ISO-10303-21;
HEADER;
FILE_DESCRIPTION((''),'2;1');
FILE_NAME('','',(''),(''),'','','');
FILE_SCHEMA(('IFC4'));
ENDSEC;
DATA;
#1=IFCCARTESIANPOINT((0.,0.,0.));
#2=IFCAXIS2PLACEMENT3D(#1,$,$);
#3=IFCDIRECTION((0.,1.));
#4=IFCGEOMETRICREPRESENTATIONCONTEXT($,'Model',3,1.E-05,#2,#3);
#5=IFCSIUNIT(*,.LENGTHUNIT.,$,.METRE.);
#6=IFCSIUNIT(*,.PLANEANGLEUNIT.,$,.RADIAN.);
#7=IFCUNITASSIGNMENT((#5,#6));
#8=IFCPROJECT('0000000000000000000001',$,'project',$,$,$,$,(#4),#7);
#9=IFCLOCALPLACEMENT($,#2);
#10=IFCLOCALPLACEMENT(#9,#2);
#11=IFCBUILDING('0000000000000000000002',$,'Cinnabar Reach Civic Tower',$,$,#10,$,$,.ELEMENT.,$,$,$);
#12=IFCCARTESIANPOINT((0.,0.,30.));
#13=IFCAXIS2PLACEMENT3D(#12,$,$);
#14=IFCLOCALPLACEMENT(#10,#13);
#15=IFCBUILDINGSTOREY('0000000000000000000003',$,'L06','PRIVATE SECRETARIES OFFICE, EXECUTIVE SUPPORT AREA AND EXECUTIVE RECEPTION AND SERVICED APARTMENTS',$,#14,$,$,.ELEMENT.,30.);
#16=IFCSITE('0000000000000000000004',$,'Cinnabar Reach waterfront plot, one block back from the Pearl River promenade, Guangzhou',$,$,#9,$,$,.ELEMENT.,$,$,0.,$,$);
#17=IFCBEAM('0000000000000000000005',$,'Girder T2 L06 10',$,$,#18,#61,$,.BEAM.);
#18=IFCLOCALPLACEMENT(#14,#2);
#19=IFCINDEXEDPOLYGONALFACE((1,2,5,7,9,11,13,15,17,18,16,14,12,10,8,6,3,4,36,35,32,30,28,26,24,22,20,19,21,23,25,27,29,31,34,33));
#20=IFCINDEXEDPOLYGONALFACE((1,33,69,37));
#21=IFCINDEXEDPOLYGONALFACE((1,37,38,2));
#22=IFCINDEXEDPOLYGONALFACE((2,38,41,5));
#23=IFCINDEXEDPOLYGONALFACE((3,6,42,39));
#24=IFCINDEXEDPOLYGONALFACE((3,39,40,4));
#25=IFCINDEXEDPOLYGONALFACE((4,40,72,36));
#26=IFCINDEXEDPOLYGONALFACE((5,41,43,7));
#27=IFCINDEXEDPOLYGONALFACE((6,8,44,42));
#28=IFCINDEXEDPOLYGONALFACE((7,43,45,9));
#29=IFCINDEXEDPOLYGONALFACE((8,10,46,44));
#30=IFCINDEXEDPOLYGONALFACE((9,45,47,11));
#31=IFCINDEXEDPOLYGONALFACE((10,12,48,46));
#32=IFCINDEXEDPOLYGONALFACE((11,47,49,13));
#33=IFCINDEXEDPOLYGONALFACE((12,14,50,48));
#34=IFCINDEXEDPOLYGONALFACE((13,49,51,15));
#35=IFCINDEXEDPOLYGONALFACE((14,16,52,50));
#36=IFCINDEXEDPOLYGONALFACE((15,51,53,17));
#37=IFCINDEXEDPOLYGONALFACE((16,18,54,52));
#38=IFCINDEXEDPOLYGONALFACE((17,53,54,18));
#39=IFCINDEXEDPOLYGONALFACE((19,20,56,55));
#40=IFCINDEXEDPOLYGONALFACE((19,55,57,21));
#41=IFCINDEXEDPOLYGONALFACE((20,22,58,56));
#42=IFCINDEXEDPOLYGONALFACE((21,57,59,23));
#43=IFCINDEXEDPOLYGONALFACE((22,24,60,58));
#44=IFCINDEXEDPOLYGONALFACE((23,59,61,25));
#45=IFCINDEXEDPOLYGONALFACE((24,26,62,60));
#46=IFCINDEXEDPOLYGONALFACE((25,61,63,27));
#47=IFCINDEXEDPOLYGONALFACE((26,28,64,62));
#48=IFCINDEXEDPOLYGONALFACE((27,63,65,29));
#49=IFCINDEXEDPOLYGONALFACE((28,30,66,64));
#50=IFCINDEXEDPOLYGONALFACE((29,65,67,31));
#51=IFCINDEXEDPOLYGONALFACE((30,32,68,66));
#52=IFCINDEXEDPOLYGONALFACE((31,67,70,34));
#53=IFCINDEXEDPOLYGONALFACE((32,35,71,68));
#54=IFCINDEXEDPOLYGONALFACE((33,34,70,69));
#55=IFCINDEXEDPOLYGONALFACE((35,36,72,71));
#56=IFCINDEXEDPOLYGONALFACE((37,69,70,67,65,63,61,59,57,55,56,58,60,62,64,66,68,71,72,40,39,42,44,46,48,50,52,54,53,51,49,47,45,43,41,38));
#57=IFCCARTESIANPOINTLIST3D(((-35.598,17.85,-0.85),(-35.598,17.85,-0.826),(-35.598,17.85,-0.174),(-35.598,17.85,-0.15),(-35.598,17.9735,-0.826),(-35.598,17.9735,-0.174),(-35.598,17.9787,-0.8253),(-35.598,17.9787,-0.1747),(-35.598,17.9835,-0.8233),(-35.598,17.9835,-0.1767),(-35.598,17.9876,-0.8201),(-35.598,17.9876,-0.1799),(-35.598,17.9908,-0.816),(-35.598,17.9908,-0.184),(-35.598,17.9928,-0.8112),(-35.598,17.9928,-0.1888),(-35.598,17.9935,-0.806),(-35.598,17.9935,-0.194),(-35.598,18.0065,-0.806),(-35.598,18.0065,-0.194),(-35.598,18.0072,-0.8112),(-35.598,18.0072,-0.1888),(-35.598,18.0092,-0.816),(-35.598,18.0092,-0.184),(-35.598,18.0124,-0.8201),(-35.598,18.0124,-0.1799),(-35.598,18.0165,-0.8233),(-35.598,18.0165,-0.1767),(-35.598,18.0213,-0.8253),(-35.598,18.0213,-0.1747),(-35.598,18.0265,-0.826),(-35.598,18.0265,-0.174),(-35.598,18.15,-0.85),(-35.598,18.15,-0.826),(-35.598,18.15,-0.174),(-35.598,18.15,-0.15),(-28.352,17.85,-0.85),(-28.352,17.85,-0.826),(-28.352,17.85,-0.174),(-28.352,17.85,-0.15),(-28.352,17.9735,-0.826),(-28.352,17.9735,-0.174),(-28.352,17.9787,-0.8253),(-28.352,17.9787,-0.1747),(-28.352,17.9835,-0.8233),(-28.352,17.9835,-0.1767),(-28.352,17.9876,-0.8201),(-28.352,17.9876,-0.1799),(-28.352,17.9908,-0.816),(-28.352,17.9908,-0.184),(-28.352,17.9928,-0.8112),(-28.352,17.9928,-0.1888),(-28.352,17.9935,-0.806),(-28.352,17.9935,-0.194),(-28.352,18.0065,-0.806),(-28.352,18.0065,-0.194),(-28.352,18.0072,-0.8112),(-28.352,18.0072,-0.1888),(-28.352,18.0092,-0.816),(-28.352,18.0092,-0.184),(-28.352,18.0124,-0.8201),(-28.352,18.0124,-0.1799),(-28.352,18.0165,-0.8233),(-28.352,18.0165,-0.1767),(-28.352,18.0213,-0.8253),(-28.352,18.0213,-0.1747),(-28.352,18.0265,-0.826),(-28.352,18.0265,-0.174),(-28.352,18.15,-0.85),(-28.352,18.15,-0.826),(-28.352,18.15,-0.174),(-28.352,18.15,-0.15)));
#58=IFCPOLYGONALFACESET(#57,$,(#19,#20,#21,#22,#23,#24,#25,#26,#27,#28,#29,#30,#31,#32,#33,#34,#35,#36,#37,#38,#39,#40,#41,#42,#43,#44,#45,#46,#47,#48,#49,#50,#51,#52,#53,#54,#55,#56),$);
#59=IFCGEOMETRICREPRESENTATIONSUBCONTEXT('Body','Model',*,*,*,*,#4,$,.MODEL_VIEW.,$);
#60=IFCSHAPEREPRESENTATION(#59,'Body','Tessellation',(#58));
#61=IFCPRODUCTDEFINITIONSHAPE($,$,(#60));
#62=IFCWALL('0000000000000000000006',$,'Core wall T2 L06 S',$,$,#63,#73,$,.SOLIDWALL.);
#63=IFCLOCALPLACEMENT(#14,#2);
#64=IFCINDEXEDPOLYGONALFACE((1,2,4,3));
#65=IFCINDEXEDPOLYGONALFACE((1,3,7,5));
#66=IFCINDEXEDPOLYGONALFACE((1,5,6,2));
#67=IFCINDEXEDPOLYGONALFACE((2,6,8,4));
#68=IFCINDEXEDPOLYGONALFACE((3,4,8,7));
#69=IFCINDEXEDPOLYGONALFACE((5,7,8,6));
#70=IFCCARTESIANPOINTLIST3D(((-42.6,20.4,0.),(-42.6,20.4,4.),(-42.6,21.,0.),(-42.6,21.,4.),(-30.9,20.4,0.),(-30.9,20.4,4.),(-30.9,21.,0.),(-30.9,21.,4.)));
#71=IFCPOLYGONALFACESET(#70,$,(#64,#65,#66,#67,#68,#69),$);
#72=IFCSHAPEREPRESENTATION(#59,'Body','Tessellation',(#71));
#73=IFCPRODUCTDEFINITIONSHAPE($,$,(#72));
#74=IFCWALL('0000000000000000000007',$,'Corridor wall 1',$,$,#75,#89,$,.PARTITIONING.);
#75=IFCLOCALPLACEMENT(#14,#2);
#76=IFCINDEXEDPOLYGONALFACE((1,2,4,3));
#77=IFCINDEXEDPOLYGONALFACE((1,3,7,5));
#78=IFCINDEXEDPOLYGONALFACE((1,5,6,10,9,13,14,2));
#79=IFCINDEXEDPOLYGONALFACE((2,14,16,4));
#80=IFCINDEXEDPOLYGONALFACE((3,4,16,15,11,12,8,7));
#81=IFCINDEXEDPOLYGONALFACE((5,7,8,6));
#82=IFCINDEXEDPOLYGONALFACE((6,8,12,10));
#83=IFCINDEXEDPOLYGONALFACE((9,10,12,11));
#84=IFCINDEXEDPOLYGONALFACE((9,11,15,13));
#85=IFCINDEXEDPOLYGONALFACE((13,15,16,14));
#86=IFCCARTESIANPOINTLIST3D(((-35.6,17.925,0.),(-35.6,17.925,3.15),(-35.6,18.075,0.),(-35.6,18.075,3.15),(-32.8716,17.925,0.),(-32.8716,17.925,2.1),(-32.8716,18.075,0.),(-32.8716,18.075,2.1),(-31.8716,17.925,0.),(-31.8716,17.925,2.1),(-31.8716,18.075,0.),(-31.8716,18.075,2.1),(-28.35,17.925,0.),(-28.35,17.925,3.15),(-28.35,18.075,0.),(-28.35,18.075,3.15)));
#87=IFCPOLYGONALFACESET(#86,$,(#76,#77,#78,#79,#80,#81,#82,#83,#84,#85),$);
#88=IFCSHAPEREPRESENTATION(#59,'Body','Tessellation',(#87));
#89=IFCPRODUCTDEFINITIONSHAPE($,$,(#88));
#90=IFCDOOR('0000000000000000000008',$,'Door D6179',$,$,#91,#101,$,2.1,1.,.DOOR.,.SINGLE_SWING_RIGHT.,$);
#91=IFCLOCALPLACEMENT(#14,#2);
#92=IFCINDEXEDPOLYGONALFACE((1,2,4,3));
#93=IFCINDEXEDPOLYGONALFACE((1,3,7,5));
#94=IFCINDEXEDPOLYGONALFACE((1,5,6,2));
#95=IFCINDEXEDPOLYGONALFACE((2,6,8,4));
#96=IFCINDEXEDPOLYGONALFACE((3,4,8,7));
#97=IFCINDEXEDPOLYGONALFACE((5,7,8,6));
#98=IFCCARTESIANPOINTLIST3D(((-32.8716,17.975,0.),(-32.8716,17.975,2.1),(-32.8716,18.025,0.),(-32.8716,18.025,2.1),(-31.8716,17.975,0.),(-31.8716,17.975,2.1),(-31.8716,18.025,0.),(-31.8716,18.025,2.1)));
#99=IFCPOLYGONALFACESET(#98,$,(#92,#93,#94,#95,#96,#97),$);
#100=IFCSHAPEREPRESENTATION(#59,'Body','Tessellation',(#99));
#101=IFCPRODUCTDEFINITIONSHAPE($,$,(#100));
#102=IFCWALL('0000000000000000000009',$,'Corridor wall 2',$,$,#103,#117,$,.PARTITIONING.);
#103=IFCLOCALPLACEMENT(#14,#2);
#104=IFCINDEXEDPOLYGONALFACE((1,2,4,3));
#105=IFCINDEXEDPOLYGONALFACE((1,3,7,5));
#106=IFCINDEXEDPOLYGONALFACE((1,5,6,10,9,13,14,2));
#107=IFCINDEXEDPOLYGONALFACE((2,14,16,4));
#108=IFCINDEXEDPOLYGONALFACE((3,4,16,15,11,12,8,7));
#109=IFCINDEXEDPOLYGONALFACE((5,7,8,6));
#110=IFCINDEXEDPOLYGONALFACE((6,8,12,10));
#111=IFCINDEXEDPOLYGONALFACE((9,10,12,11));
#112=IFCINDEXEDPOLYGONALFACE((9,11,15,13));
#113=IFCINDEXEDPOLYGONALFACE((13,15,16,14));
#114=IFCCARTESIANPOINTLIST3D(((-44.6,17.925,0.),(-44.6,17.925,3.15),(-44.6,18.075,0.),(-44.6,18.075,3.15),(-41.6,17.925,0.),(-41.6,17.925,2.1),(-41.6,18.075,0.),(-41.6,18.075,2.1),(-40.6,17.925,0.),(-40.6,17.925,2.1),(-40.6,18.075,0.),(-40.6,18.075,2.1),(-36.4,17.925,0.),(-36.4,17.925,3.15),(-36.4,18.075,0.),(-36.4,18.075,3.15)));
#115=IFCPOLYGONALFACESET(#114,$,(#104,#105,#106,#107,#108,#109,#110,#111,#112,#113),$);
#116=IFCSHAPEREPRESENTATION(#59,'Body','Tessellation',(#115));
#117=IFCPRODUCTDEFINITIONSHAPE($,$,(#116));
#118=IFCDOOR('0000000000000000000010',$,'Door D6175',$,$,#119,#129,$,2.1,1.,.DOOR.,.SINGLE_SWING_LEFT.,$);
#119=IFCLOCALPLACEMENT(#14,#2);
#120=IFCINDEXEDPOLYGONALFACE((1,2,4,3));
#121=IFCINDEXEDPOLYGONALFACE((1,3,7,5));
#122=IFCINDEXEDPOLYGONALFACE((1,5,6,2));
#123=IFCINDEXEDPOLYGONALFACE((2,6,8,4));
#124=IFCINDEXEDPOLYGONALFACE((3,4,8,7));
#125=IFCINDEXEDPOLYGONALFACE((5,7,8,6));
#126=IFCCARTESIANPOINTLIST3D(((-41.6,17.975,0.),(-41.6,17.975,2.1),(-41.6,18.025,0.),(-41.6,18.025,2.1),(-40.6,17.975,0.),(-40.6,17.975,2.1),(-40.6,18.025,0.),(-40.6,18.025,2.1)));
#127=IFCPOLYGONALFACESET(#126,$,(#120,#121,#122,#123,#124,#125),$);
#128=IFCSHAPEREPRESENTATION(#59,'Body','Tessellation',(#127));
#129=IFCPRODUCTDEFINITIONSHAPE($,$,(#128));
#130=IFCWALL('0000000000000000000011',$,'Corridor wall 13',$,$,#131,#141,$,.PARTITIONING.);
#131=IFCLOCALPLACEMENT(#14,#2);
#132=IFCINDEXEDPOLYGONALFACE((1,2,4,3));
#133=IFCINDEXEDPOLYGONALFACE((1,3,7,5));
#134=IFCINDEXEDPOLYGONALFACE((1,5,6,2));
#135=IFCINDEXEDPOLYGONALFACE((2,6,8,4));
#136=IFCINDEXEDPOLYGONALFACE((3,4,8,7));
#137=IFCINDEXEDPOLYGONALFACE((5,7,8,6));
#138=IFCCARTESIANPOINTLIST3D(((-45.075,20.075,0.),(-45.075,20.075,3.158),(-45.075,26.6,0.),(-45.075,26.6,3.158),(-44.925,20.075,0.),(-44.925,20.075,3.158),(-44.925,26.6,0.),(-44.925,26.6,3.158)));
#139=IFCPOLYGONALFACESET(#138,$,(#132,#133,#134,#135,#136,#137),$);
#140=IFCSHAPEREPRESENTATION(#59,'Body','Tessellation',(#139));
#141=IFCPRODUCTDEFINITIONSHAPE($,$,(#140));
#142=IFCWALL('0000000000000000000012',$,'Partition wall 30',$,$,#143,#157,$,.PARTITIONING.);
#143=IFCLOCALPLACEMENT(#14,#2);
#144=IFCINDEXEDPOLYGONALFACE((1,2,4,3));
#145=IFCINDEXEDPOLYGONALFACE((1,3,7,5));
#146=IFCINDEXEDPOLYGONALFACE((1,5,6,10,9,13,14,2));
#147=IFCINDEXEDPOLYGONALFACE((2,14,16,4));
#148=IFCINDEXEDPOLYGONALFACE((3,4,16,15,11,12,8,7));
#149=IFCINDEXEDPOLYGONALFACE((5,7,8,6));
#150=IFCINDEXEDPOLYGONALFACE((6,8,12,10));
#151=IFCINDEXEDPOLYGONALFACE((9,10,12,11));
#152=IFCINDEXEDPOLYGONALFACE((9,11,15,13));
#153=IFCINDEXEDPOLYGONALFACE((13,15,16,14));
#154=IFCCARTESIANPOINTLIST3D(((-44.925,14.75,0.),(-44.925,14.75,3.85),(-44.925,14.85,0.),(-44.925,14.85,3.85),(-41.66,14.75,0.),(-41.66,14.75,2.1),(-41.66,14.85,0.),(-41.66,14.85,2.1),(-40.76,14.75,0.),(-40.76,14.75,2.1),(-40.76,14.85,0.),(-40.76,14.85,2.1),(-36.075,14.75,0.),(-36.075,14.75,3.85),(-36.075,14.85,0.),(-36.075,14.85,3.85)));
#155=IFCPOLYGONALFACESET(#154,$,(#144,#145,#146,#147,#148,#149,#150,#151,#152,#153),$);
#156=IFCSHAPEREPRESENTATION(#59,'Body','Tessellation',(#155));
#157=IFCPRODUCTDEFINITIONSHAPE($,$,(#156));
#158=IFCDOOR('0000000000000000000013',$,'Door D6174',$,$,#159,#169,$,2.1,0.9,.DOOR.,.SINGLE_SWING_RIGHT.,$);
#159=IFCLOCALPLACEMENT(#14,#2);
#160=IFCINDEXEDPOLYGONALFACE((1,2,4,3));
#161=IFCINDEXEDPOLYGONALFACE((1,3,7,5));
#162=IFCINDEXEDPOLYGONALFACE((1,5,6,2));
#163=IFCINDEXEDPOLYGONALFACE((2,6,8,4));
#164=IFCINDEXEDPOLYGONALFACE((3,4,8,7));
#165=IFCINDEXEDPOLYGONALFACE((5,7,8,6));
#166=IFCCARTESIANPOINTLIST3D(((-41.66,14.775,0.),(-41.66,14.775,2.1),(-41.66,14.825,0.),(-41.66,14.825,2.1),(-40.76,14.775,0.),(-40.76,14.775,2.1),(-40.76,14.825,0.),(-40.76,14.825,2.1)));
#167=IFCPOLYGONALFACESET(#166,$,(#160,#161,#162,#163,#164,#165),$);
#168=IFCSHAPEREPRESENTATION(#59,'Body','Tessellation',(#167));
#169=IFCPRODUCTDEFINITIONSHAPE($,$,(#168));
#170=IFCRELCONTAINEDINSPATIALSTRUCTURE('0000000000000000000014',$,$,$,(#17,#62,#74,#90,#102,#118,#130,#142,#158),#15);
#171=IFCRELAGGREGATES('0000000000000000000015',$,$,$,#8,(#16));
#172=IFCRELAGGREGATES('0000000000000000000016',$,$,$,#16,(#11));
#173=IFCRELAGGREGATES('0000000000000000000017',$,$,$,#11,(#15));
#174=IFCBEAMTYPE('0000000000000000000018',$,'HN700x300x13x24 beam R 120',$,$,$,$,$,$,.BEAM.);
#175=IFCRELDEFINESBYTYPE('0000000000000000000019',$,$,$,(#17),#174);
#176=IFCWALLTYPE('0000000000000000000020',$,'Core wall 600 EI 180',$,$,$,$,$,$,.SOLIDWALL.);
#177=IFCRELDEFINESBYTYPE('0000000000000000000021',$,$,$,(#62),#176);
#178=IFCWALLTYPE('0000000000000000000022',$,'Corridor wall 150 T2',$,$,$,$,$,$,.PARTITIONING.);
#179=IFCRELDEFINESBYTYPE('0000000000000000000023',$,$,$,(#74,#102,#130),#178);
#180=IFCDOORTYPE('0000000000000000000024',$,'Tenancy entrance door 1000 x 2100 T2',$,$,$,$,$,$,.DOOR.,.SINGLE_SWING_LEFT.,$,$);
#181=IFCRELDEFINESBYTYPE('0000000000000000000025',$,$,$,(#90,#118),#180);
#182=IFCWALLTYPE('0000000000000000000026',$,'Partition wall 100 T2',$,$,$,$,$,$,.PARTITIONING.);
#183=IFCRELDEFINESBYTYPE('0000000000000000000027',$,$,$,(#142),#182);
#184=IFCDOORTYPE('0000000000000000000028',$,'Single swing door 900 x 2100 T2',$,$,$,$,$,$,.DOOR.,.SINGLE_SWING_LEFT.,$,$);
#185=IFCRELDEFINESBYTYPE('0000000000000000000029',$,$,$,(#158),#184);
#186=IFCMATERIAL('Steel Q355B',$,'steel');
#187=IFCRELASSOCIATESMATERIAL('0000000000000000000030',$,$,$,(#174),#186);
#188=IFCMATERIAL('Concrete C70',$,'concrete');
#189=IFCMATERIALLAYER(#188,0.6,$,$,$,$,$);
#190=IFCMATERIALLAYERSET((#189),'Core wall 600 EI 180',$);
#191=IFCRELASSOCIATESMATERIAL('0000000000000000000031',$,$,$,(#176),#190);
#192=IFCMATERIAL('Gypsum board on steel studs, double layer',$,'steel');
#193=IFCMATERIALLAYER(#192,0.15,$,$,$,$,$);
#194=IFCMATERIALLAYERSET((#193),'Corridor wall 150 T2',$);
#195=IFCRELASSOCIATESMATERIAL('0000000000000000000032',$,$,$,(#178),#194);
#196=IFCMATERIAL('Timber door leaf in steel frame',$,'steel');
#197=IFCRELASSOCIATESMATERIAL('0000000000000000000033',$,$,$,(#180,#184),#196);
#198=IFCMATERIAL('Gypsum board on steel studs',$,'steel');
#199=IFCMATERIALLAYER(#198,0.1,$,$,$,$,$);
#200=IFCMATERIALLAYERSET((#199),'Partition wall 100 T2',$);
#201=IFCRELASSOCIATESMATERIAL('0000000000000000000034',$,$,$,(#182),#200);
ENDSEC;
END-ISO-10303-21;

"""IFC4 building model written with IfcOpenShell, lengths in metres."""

from ifc_helpers import new_model, si_unit, direction, frame, frame_2d, origin, origin_2d, place, context, subcontext, project, spatial, rectangle, i_section, extrude, material, layer, layer_set, material_profile, profile_set, type_object, element, fill, save


model = new_model("IFC4")

# Units and contexts
model_context = context("Model", 3, precision=1e-05, world=origin(), true_north=direction((0.0, 1.0)))
body_context = subcontext(model_context, "Body", "Model", "MODEL_VIEW")
ifc_project = project(units=[si_unit("LENGTHUNIT", "METRE"), si_unit("PLANEANGLEUNIT", "RADIAN")], contexts=[model_context])

# Site, building, storey
site_placement = place(None, origin())
site = spatial("IfcSite", under=ifc_project, at=site_placement, Name="Cinnabar Reach waterfront plot, one block back from the Pearl River promenade, Guangzhou", CompositionType="ELEMENT", RefElevation=0.0)
building_placement = place(site_placement, origin())
building = spatial("IfcBuilding", under=site, at=building_placement, Name="Cinnabar Reach Civic Tower", CompositionType="ELEMENT")
storey_placement = place(building_placement, frame((0.0, 0.0, 30.0)))
storey = spatial("IfcBuildingStorey", under=building, at=storey_placement, Name="L06", Description="PRIVATE SECRETARIES OFFICE, EXECUTIVE SUPPORT AREA AND EXECUTIVE RECEPTION AND SERVICED APARTMENTS", CompositionType="ELEMENT", Elevation=30.0)

# Beam
ifc_material_1 = material(Name="Steel Q355B", Category="steel")
ifc_material_profile_1 = material_profile(ifc_material_1, i_section(OverallWidth=0.3, OverallDepth=0.7, WebThickness=0.013, FlangeThickness=0.024, FilletRadius=0.02, at=origin_2d()), Name="HN700x300x13x24")
ifc_profile_set_1 = profile_set([ifc_material_profile_1], Name="Steel Q355B")
beam_type_1 = type_object("IfcBeamType", Name="HN700x300x13x24 beam R 120", PredefinedType="BEAM", material=ifc_profile_set_1)
beam_1_placement = place(storey_placement, frame((-35.598, 18.0, -0.5), z_axis=(1.0, 0.0, 0.0), x_axis=(0.0, 1.0, 0.0)))
element("IfcBeam", 1, at=beam_1_placement, inside=storey, type_object=beam_type_1, Name="Girder T2 L06 10", PredefinedType="BEAM", context=body_context, shape_type="SweptSolid", body=[
    extrude(i_section(OverallWidth=0.3, OverallDepth=0.7, WebThickness=0.013, FlangeThickness=0.024, FilletRadius=0.02, at=origin_2d()), origin(), (0.0, 0.0, 1.0), 7.246),
])

# Wall
ifc_material_2 = material(Name="Concrete C70", Category="concrete")
ifc_layer_1 = layer(ifc_material_2, 0.6)
ifc_layer_set_1 = layer_set([ifc_layer_1], Name="Core wall 600 EI 180")
wall_type_1 = type_object("IfcWallType", Name="Core wall 600 EI 180", PredefinedType="SOLIDWALL", material=ifc_layer_set_1)
wall_1_placement = place(storey_placement, frame((-42.6, 20.7, 0.0), z_axis=(0.0, 0.0, 1.0), x_axis=(1.0, 0.0, 0.0)))
element("IfcWall", 2, at=wall_1_placement, inside=storey, type_object=wall_type_1, Name="Core wall T2 L06 S", PredefinedType="SOLIDWALL", context=body_context, shape_type="SweptSolid", body=[
    extrude(rectangle(XDim=11.7, YDim=0.6, at=frame_2d((5.85, 0.0))), origin(), (0.0, 0.0, 1.0), 4.0),
])

# Walls, openings, doors
ifc_material_3 = material(Name="Gypsum board on steel studs, double layer", Category="steel")
ifc_layer_2 = layer(ifc_material_3, 0.15)
ifc_layer_set_2 = layer_set([ifc_layer_2], Name="Corridor wall 150 T2")
wall_type_2 = type_object("IfcWallType", Name="Corridor wall 150 T2", PredefinedType="PARTITIONING", material=ifc_layer_set_2)
wall_2_placement = place(storey_placement, frame((-35.6, 18.0, 0.0), z_axis=(0.0, 0.0, 1.0), x_axis=(1.0, 0.0, 0.0)))
wall_2 = element("IfcWall", 3, at=wall_2_placement, inside=storey, type_object=wall_type_2, Name="Corridor wall 1", PredefinedType="PARTITIONING", context=body_context, shape_type="SweptSolid", body=[
    extrude(rectangle(XDim=7.25, YDim=0.15, at=frame_2d((3.625, 0.0))), origin(), (0.0, 0.0, 1.0), 3.15),
])
opening_1_placement = place(wall_2_placement, frame((2.7284, 0.0, 0.0)))
opening_1 = element("IfcOpeningElement", 4, at=opening_1_placement, cuts=wall_2, PredefinedType="OPENING", context=body_context, shape_type="SweptSolid", body=[
    extrude(rectangle(XDim=1.0, YDim=2.1, at=frame_2d((0.5, 1.05))), frame((0.0, 0.085, 0.0), z_axis=(0.0, -1.0, 0.0), x_axis=(1.0, 0.0, 0.0)), (0.0, 0.0, 1.0), 0.17),
])
ifc_material_4 = material(Name="Timber door leaf in steel frame", Category="steel")
door_type_1 = type_object("IfcDoorType", Name="Tenancy entrance door 1000 x 2100 T2", OperationType="SINGLE_SWING_LEFT", PredefinedType="DOOR", material=ifc_material_4)
door_1_placement = place(opening_1_placement, frame((1.0, 0.0, 0.0), z_axis=(0.0, 0.0, 1.0), x_axis=(-1.0, 0.0, 0.0)))
door_1 = element("IfcDoor", 5, at=door_1_placement, inside=storey, type_object=door_type_1, Name="Door D6179", OperationType="SINGLE_SWING_RIGHT", OverallHeight=2.1, OverallWidth=1.0, PredefinedType="DOOR", context=body_context, shape_type="SweptSolid", body=[
    extrude(rectangle(XDim=1.0, YDim=2.1, at=frame_2d((0.5, 1.05))), frame((0.0, 0.025, 0.0), z_axis=(0.0, -1.0, 0.0), x_axis=(1.0, 0.0, 0.0)), (0.0, 0.0, 1.0), 0.05),
])
fill(opening_1, door_1)
wall_3_placement = place(storey_placement, frame((-44.6, 18.0, 0.0), z_axis=(0.0, 0.0, 1.0), x_axis=(1.0, 0.0, 0.0)))
wall_3 = element("IfcWall", 6, at=wall_3_placement, inside=storey, type_object=wall_type_2, Name="Corridor wall 2", PredefinedType="PARTITIONING", context=body_context, shape_type="SweptSolid", body=[
    extrude(rectangle(XDim=8.2, YDim=0.15, at=frame_2d((4.1, 0.0))), origin(), (0.0, 0.0, 1.0), 3.15),
])
opening_2_placement = place(wall_3_placement, frame((3.0, 0.0, 0.0)))
opening_2 = element("IfcOpeningElement", 7, at=opening_2_placement, cuts=wall_3, PredefinedType="OPENING", context=body_context, shape_type="SweptSolid", body=[
    extrude(rectangle(XDim=1.0, YDim=2.1, at=frame_2d((0.5, 1.05))), frame((0.0, 0.085, 0.0), z_axis=(0.0, -1.0, 0.0), x_axis=(1.0, 0.0, 0.0)), (0.0, 0.0, 1.0), 0.17),
])
door_2_placement = place(opening_2_placement, frame((1.0, 0.0, 0.0), z_axis=(0.0, 0.0, 1.0), x_axis=(-1.0, 0.0, 0.0)))
door_2 = element("IfcDoor", 8, at=door_2_placement, inside=storey, type_object=door_type_1, Name="Door D6175", OperationType="SINGLE_SWING_LEFT", OverallHeight=2.1, OverallWidth=1.0, PredefinedType="DOOR", context=body_context, shape_type="SweptSolid", body=[
    extrude(rectangle(XDim=1.0, YDim=2.1, at=frame_2d((0.5, 1.05))), frame((0.0, 0.025, 0.0), z_axis=(0.0, -1.0, 0.0), x_axis=(1.0, 0.0, 0.0)), (0.0, 0.0, 1.0), 0.05),
])
fill(opening_2, door_2)

# Wall
wall_4_placement = place(storey_placement, frame((-45.0, 20.075, 0.0), z_axis=(0.0, 0.0, 1.0), x_axis=(0.0, 1.0, 0.0)))
element("IfcWall", 9, at=wall_4_placement, inside=storey, type_object=wall_type_2, Name="Corridor wall 13", PredefinedType="PARTITIONING", context=body_context, shape_type="SweptSolid", body=[
    extrude(rectangle(XDim=6.525, YDim=0.15, at=frame_2d((3.2625, 0.0))), origin(), (0.0, 0.0, 1.0), 3.158),
])

# Wall, opening, door
ifc_material_5 = material(Name="Gypsum board on steel studs", Category="steel")
ifc_layer_3 = layer(ifc_material_5, 0.1)
ifc_layer_set_3 = layer_set([ifc_layer_3], Name="Partition wall 100 T2")
wall_type_3 = type_object("IfcWallType", Name="Partition wall 100 T2", PredefinedType="PARTITIONING", material=ifc_layer_set_3)
wall_5_placement = place(storey_placement, frame((-44.925, 14.8, 0.0), z_axis=(0.0, 0.0, 1.0), x_axis=(1.0, 0.0, 0.0)))
wall_5 = element("IfcWall", 10, at=wall_5_placement, inside=storey, type_object=wall_type_3, Name="Partition wall 30", PredefinedType="PARTITIONING", context=body_context, shape_type="SweptSolid", body=[
    extrude(rectangle(XDim=8.85, YDim=0.1, at=frame_2d((4.425, 0.0))), origin(), (0.0, 0.0, 1.0), 3.85),
])
opening_3_placement = place(wall_5_placement, frame((3.265, 0.0, 0.0)))
opening_3 = element("IfcOpeningElement", 11, at=opening_3_placement, cuts=wall_5, PredefinedType="OPENING", context=body_context, shape_type="SweptSolid", body=[
    extrude(rectangle(XDim=0.9, YDim=2.1, at=frame_2d((0.45, 1.05))), frame((0.0, 0.06, 0.0), z_axis=(0.0, -1.0, 0.0), x_axis=(1.0, 0.0, 0.0)), (0.0, 0.0, 1.0), 0.12),
])
door_type_2 = type_object("IfcDoorType", Name="Single swing door 900 x 2100 T2", OperationType="SINGLE_SWING_LEFT", PredefinedType="DOOR", material=ifc_material_4)
door_3_placement = place(opening_3_placement, origin())
door_3 = element("IfcDoor", 12, at=door_3_placement, inside=storey, type_object=door_type_2, Name="Door D6174", OperationType="SINGLE_SWING_RIGHT", OverallHeight=2.1, OverallWidth=0.9, PredefinedType="DOOR", context=body_context, shape_type="SweptSolid", body=[
    extrude(rectangle(XDim=0.9, YDim=2.1, at=frame_2d((0.45, 1.05))), frame((0.0, 0.025, 0.0), z_axis=(0.0, -1.0, 0.0), x_axis=(1.0, 0.0, 0.0)), (0.0, 0.0, 1.0), 0.05),
])
fill(opening_3, door_3)

save(model, "model.ifc")
